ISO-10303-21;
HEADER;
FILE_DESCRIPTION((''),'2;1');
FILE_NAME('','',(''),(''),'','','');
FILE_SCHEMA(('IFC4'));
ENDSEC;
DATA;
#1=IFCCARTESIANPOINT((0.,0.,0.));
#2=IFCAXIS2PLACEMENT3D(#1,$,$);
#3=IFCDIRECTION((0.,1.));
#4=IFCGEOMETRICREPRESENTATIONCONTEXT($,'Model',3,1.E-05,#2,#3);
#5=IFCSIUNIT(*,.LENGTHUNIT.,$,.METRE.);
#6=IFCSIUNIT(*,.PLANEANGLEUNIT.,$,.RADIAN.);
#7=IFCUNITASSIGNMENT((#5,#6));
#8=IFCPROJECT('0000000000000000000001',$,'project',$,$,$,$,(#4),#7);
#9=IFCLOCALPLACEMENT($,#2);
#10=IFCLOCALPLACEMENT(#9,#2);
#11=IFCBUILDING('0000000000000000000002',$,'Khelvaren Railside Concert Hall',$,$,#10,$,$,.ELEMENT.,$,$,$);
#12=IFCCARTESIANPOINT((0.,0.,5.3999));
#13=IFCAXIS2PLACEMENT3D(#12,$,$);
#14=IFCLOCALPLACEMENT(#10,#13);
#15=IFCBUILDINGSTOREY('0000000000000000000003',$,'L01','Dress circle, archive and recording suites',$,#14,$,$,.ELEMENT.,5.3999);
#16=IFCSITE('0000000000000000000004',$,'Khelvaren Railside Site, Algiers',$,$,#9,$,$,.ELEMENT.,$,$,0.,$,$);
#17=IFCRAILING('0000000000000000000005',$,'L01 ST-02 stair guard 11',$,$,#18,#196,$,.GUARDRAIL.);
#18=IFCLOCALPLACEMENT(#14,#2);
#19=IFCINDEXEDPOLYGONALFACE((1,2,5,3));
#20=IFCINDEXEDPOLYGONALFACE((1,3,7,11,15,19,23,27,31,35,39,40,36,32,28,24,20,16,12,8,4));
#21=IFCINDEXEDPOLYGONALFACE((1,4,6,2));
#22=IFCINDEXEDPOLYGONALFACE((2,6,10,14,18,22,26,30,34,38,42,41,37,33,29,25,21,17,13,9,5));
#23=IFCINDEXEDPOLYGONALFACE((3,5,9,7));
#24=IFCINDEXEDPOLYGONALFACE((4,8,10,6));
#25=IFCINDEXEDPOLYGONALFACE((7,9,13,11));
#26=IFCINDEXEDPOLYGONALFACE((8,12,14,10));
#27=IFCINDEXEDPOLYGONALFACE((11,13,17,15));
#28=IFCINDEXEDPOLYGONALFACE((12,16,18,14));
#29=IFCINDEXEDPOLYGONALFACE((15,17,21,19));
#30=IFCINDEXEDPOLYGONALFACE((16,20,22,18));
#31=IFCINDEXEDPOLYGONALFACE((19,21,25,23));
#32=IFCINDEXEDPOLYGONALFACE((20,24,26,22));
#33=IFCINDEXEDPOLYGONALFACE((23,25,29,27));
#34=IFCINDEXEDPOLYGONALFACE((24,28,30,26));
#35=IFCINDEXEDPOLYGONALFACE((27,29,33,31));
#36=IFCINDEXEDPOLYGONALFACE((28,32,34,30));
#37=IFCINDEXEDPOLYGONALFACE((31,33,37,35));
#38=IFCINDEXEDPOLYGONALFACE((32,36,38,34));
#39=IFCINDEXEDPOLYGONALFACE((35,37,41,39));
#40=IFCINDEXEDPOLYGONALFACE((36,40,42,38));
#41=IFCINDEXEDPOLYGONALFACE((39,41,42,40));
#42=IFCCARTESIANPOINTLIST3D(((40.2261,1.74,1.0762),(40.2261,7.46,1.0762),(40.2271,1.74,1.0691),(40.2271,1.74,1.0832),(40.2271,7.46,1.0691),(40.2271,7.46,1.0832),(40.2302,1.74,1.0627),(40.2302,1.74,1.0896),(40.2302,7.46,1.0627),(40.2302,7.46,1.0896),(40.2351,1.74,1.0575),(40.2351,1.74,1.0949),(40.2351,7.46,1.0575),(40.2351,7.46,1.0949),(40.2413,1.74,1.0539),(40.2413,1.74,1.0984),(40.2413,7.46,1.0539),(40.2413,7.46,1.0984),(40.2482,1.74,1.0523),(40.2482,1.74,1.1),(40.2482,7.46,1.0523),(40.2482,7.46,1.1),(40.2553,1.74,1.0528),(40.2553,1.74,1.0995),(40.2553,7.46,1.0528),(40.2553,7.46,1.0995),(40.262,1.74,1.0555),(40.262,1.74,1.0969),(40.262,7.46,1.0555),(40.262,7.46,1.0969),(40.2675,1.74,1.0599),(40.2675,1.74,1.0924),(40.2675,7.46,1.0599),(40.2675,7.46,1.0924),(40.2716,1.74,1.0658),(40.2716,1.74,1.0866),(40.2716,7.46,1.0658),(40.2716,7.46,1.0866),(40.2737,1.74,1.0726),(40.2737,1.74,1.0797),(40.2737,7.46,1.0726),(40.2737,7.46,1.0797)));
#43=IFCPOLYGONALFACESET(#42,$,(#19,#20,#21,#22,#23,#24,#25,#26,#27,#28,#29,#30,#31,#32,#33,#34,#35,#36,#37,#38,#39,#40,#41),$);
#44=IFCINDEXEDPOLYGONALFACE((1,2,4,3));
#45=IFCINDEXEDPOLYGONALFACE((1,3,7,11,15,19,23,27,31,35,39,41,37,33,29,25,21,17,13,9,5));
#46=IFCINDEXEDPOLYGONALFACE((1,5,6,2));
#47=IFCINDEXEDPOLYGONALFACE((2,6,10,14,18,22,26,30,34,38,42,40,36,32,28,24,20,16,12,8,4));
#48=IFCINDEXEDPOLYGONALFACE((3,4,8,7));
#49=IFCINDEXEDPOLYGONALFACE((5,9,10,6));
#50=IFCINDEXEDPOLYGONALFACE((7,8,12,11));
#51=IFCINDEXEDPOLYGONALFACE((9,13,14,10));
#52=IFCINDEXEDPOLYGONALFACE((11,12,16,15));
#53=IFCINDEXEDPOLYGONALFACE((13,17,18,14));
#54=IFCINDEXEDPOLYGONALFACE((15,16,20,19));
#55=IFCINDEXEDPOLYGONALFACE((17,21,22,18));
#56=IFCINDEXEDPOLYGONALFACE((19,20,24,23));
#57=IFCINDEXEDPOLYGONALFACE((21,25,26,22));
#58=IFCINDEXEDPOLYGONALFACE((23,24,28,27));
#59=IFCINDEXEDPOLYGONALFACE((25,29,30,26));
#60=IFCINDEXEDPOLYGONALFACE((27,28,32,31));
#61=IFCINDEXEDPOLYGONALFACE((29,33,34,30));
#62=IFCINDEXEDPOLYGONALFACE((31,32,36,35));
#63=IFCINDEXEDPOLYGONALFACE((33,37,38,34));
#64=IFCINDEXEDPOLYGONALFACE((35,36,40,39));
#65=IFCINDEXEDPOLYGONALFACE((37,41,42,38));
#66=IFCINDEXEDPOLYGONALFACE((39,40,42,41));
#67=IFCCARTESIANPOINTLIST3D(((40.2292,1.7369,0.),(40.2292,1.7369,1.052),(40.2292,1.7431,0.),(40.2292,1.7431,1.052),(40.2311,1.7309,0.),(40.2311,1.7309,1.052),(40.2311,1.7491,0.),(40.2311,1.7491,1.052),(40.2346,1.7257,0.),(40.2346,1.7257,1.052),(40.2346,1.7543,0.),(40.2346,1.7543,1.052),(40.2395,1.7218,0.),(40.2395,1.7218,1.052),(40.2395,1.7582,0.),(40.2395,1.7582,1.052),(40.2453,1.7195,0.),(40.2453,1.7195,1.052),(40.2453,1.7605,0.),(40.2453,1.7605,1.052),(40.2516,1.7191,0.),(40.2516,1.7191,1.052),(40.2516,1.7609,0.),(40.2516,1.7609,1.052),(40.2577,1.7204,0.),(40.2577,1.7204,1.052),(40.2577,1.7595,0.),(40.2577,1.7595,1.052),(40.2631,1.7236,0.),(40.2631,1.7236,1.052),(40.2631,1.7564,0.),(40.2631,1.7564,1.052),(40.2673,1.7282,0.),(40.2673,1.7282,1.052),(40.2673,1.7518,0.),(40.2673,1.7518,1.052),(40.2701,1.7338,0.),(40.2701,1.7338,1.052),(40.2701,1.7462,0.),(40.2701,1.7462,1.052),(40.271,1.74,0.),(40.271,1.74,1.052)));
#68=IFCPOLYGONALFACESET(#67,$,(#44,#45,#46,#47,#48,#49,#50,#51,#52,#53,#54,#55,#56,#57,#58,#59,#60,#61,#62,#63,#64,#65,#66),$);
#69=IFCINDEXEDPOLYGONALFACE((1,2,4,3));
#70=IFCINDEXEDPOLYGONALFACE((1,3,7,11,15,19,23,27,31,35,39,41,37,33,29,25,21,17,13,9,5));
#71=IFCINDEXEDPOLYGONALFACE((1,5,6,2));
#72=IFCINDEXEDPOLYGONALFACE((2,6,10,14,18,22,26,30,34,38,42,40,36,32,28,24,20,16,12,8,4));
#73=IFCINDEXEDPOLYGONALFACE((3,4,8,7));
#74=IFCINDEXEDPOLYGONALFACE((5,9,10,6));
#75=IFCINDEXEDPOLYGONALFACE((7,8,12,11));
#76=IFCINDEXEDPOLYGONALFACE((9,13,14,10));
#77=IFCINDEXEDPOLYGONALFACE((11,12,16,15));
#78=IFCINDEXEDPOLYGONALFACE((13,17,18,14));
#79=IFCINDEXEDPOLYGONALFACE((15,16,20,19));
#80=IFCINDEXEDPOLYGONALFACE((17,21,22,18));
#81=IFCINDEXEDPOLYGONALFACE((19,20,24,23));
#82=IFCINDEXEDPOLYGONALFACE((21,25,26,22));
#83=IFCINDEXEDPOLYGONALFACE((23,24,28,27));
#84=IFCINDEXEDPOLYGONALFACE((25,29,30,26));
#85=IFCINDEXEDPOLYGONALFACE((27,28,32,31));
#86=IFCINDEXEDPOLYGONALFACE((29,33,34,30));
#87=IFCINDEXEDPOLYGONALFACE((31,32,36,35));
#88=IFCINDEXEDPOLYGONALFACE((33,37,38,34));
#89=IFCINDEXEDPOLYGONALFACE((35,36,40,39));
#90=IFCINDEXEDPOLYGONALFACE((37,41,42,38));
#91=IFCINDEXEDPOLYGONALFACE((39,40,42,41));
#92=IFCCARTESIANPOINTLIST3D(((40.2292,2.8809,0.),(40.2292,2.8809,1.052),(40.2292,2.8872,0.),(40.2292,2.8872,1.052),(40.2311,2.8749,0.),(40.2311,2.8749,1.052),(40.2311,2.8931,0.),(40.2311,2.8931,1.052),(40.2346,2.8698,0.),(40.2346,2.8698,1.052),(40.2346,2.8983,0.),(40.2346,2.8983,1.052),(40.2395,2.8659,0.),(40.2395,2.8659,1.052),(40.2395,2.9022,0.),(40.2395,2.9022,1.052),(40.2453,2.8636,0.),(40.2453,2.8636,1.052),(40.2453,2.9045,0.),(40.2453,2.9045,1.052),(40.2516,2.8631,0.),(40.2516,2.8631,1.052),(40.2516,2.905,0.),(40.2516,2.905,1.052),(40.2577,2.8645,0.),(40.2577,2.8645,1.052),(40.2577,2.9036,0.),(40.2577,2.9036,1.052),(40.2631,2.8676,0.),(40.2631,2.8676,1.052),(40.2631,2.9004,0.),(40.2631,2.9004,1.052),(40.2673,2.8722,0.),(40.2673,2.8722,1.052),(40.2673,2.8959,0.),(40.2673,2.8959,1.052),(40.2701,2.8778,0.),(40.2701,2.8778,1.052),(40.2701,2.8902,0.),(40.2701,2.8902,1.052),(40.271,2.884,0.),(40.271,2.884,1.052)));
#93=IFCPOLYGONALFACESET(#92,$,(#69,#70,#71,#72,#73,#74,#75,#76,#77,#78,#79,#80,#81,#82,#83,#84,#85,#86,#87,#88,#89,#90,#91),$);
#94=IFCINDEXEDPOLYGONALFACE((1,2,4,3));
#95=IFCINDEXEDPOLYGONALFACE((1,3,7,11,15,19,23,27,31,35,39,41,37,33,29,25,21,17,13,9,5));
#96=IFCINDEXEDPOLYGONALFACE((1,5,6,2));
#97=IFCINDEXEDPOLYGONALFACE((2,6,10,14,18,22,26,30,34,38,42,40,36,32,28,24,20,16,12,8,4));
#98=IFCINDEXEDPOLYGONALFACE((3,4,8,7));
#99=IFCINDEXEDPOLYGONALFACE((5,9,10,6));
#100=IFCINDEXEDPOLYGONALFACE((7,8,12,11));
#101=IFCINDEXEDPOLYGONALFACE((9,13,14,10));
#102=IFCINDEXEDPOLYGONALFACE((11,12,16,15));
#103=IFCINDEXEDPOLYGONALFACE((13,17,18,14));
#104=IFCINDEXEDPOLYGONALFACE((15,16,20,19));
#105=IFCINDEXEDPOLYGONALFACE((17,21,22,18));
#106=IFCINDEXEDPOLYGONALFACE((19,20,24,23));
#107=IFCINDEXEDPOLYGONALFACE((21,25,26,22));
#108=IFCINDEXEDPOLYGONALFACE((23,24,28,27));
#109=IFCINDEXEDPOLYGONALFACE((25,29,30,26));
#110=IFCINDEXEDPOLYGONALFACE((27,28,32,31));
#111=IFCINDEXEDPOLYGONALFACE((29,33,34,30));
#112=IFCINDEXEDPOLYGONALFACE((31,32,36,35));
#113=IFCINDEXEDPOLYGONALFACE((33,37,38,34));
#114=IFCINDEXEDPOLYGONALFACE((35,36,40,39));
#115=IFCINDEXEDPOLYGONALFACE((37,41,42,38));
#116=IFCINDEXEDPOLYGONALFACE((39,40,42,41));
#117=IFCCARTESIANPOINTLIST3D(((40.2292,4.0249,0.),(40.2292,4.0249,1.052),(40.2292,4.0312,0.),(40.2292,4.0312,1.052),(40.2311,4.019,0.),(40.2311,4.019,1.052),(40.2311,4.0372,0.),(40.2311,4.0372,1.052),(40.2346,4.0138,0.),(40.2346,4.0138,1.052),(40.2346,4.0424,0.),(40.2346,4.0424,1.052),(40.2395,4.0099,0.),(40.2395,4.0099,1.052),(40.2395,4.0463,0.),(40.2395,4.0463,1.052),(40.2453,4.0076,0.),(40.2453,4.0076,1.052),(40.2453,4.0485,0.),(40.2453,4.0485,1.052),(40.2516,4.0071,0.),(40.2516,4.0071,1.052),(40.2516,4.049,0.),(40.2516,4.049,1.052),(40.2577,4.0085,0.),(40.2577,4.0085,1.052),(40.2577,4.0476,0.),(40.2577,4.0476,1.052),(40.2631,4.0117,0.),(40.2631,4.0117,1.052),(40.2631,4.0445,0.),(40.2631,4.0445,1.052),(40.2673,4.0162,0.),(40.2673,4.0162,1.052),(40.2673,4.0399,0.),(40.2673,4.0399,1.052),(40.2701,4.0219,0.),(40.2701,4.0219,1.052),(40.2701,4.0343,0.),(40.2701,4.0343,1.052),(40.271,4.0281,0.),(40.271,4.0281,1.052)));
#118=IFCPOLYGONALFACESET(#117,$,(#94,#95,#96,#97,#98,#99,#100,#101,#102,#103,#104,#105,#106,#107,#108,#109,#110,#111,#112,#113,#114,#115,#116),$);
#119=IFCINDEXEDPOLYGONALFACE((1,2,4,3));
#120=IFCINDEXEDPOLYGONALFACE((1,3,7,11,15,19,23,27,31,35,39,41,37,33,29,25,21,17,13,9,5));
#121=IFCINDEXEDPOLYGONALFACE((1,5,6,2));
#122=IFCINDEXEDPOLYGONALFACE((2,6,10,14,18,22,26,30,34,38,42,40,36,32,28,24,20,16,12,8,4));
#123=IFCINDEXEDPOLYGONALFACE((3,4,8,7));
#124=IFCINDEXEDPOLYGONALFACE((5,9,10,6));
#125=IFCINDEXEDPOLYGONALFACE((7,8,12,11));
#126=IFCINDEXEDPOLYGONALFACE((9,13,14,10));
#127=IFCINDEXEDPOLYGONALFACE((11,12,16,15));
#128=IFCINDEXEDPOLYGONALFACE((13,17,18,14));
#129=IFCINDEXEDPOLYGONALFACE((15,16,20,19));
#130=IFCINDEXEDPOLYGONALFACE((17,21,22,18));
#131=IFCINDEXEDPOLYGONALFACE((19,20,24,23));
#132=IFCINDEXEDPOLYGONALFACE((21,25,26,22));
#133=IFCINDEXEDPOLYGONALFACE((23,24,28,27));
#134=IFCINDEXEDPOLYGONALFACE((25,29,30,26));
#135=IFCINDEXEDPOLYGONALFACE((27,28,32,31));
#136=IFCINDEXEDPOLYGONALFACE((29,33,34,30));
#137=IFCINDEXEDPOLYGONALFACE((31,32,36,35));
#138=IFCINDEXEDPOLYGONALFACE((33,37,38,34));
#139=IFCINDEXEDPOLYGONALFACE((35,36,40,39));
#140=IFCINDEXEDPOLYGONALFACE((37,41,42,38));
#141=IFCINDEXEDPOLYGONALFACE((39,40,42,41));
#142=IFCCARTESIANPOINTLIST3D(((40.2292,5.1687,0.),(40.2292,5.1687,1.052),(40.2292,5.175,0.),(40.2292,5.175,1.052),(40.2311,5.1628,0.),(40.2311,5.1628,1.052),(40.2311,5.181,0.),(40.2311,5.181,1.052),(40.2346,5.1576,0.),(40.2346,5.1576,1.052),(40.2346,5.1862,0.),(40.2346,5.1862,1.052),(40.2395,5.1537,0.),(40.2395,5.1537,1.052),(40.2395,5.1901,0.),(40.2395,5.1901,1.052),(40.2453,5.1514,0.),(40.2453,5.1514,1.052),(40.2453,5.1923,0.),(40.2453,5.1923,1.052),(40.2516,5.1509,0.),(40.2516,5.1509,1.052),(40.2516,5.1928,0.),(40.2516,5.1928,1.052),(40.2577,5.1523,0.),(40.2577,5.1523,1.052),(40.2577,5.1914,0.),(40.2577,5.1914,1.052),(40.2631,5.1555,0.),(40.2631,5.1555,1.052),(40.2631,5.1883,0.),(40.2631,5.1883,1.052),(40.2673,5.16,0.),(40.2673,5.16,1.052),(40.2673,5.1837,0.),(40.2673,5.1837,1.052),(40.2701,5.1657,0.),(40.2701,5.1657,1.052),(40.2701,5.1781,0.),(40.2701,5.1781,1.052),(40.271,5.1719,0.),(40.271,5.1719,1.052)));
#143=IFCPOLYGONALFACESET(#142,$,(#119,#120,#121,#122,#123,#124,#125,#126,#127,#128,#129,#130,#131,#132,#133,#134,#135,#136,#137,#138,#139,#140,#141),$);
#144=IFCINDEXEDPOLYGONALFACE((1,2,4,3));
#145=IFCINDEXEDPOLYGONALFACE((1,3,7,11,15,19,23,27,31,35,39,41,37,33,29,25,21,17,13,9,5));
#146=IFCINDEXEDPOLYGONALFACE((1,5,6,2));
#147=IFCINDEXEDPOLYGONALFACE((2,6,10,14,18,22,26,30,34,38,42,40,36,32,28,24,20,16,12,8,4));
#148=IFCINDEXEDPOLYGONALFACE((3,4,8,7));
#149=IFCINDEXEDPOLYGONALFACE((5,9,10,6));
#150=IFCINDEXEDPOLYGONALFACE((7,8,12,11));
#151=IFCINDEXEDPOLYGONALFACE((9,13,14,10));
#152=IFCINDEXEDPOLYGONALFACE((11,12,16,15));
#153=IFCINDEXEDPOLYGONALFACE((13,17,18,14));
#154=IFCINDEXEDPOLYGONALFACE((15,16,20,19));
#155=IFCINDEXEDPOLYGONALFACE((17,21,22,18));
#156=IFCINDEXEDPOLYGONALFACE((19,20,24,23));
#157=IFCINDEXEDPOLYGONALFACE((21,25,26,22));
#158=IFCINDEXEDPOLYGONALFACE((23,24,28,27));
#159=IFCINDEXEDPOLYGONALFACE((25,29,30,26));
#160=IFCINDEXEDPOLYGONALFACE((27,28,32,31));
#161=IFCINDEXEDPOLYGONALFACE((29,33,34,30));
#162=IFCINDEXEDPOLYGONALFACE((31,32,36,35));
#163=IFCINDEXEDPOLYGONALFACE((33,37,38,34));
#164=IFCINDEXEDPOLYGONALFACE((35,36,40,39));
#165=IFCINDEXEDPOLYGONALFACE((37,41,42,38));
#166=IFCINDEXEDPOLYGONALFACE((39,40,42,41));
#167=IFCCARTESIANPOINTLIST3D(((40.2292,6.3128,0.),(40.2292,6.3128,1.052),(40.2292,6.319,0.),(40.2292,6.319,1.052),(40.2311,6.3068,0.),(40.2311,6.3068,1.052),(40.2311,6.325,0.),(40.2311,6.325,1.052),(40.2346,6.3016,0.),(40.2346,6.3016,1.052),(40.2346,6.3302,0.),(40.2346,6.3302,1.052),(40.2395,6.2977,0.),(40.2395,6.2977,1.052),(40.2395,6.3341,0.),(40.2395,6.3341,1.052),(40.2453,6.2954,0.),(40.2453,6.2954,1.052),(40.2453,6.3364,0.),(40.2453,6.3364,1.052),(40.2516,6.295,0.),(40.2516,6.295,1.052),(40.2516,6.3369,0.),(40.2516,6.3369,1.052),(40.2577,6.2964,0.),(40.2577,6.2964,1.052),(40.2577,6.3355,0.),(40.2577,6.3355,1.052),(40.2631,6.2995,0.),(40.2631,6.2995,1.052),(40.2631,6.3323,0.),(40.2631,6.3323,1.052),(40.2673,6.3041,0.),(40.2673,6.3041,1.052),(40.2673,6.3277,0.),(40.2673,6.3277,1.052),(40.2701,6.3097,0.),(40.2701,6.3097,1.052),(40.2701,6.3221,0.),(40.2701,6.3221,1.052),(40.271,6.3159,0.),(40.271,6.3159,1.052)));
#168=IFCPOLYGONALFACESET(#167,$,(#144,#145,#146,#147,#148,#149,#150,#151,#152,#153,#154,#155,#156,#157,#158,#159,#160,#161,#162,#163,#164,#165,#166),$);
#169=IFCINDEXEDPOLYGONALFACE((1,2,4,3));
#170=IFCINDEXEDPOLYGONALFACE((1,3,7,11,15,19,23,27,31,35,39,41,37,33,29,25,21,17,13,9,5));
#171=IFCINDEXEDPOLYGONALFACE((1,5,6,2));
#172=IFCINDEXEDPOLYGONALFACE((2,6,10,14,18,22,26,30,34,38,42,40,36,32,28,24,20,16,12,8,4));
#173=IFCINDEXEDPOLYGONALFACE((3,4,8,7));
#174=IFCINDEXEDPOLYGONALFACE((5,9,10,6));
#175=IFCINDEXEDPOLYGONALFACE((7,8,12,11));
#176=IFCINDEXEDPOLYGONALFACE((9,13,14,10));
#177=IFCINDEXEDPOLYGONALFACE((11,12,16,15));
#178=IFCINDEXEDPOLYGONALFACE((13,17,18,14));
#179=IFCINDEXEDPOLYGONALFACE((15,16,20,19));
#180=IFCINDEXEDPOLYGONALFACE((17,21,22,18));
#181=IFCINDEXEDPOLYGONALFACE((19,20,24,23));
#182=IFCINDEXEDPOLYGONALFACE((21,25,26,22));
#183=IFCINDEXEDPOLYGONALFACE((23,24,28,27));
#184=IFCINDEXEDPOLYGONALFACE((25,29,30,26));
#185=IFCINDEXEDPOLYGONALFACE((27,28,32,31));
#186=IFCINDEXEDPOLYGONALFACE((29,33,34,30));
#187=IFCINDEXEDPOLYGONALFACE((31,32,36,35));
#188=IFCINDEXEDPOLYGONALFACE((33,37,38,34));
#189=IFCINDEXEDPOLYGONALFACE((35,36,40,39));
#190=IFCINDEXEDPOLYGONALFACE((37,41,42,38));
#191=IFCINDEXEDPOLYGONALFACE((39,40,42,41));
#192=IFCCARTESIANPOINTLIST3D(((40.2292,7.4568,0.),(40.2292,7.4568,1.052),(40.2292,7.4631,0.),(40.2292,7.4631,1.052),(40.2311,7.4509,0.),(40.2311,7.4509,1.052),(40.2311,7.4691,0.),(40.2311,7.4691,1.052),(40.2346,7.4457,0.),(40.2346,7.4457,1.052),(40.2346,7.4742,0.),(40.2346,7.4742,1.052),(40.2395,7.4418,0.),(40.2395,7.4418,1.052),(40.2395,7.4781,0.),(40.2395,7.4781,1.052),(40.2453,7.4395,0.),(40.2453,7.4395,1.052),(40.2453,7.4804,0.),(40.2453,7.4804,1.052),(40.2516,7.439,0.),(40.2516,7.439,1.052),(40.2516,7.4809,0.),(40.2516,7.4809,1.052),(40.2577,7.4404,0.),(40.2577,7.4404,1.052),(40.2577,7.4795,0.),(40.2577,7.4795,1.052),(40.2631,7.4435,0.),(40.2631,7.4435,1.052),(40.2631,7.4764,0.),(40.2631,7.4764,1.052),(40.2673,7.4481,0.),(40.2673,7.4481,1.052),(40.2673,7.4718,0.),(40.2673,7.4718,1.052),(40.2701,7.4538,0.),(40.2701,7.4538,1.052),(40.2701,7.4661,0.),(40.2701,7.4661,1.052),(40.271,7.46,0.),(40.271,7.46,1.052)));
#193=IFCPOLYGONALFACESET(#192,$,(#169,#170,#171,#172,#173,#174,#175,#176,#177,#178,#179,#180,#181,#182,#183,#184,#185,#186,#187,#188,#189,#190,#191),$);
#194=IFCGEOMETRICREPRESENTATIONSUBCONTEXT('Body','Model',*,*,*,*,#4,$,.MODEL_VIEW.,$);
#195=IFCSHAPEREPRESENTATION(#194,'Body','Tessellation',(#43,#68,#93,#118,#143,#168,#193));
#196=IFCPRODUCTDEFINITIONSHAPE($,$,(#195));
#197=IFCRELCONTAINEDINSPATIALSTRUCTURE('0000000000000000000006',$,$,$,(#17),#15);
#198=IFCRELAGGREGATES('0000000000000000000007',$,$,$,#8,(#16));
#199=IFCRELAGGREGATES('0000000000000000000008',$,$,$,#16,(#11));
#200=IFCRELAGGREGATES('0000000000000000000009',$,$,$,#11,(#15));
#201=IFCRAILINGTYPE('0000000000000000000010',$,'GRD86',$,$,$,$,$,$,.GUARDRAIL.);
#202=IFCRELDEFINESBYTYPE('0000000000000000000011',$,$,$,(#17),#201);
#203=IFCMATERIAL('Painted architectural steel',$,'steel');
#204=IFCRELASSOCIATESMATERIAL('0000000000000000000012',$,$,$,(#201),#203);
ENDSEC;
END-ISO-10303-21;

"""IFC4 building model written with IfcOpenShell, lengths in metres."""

from ifc_helpers import new_model, si_unit, direction, frame, origin, origin_2d, place, context, subcontext, project, spatial, circle, extrude, material, type_object, element, save


model = new_model("IFC4")

# Units and contexts
model_context = context("Model", 3, precision=1e-05, world=origin(), true_north=direction((0.0, 1.0)))
body_context = subcontext(model_context, "Body", "Model", "MODEL_VIEW")
ifc_project = project(units=[si_unit("LENGTHUNIT", "METRE"), si_unit("PLANEANGLEUNIT", "RADIAN")], contexts=[model_context])

# Site, building, storey
site_placement = place(None, origin())
site = spatial("IfcSite", under=ifc_project, at=site_placement, Name="Khelvaren Railside Site, Algiers", CompositionType="ELEMENT", RefElevation=0.0)
building_placement = place(site_placement, origin())
building = spatial("IfcBuilding", under=site, at=building_placement, Name="Khelvaren Railside Concert Hall", CompositionType="ELEMENT")
storey_placement = place(building_placement, frame((0.0, 0.0, 5.3999)))
storey = spatial("IfcBuildingStorey", under=building, at=storey_placement, Name="L01", Description="Dress circle, archive and recording suites", CompositionType="ELEMENT", Elevation=5.3999)

# Railing
ifc_material_1 = material(Name="Painted architectural steel", Category="steel")
railing_type_1 = type_object("IfcRailingType", Name="GRD86", PredefinedType="GUARDRAIL", material=ifc_material_1)
for number, where, name in (
    (1, (40.25, 1.74, 0.0), "L01 ST-02 stair guard 11"),
):
    element("IfcRailing", number, at=place(storey_placement, frame(where)), inside=storey, type_object=railing_type_1, Name=name, PredefinedType="GUARDRAIL", context=body_context, shape_type="SweptSolid", body=[
        extrude(circle(Radius=0.0239, at=origin_2d()), frame((0.0, 0.0, 1.0762), z_axis=(0.0, 1.0, 0.0), x_axis=(-1.0, 0.0, 0.0)), (0.0, 0.0, 1.0), 5.72),
        extrude(circle(Radius=0.021, at=origin_2d()), origin(), (0.0, 0.0, 1.0), 1.052),
        extrude(circle(Radius=0.021, at=origin_2d()), frame((0.0, 1.144, 0.0)), (0.0, 0.0, 1.0), 1.052),
        extrude(circle(Radius=0.021, at=origin_2d()), frame((0.0, 2.2881, 0.0)), (0.0, 0.0, 1.0), 1.052),
        extrude(circle(Radius=0.021, at=origin_2d()), frame((0.0, 3.4319, 0.0)), (0.0, 0.0, 1.0), 1.052),
        extrude(circle(Radius=0.021, at=origin_2d()), frame((0.0, 4.5759, 0.0)), (0.0, 0.0, 1.0), 1.052),
        extrude(circle(Radius=0.021, at=origin_2d()), frame((0.0, 5.72, 0.0)), (0.0, 0.0, 1.0), 1.052),
    ])

save(model, "model.ifc")
